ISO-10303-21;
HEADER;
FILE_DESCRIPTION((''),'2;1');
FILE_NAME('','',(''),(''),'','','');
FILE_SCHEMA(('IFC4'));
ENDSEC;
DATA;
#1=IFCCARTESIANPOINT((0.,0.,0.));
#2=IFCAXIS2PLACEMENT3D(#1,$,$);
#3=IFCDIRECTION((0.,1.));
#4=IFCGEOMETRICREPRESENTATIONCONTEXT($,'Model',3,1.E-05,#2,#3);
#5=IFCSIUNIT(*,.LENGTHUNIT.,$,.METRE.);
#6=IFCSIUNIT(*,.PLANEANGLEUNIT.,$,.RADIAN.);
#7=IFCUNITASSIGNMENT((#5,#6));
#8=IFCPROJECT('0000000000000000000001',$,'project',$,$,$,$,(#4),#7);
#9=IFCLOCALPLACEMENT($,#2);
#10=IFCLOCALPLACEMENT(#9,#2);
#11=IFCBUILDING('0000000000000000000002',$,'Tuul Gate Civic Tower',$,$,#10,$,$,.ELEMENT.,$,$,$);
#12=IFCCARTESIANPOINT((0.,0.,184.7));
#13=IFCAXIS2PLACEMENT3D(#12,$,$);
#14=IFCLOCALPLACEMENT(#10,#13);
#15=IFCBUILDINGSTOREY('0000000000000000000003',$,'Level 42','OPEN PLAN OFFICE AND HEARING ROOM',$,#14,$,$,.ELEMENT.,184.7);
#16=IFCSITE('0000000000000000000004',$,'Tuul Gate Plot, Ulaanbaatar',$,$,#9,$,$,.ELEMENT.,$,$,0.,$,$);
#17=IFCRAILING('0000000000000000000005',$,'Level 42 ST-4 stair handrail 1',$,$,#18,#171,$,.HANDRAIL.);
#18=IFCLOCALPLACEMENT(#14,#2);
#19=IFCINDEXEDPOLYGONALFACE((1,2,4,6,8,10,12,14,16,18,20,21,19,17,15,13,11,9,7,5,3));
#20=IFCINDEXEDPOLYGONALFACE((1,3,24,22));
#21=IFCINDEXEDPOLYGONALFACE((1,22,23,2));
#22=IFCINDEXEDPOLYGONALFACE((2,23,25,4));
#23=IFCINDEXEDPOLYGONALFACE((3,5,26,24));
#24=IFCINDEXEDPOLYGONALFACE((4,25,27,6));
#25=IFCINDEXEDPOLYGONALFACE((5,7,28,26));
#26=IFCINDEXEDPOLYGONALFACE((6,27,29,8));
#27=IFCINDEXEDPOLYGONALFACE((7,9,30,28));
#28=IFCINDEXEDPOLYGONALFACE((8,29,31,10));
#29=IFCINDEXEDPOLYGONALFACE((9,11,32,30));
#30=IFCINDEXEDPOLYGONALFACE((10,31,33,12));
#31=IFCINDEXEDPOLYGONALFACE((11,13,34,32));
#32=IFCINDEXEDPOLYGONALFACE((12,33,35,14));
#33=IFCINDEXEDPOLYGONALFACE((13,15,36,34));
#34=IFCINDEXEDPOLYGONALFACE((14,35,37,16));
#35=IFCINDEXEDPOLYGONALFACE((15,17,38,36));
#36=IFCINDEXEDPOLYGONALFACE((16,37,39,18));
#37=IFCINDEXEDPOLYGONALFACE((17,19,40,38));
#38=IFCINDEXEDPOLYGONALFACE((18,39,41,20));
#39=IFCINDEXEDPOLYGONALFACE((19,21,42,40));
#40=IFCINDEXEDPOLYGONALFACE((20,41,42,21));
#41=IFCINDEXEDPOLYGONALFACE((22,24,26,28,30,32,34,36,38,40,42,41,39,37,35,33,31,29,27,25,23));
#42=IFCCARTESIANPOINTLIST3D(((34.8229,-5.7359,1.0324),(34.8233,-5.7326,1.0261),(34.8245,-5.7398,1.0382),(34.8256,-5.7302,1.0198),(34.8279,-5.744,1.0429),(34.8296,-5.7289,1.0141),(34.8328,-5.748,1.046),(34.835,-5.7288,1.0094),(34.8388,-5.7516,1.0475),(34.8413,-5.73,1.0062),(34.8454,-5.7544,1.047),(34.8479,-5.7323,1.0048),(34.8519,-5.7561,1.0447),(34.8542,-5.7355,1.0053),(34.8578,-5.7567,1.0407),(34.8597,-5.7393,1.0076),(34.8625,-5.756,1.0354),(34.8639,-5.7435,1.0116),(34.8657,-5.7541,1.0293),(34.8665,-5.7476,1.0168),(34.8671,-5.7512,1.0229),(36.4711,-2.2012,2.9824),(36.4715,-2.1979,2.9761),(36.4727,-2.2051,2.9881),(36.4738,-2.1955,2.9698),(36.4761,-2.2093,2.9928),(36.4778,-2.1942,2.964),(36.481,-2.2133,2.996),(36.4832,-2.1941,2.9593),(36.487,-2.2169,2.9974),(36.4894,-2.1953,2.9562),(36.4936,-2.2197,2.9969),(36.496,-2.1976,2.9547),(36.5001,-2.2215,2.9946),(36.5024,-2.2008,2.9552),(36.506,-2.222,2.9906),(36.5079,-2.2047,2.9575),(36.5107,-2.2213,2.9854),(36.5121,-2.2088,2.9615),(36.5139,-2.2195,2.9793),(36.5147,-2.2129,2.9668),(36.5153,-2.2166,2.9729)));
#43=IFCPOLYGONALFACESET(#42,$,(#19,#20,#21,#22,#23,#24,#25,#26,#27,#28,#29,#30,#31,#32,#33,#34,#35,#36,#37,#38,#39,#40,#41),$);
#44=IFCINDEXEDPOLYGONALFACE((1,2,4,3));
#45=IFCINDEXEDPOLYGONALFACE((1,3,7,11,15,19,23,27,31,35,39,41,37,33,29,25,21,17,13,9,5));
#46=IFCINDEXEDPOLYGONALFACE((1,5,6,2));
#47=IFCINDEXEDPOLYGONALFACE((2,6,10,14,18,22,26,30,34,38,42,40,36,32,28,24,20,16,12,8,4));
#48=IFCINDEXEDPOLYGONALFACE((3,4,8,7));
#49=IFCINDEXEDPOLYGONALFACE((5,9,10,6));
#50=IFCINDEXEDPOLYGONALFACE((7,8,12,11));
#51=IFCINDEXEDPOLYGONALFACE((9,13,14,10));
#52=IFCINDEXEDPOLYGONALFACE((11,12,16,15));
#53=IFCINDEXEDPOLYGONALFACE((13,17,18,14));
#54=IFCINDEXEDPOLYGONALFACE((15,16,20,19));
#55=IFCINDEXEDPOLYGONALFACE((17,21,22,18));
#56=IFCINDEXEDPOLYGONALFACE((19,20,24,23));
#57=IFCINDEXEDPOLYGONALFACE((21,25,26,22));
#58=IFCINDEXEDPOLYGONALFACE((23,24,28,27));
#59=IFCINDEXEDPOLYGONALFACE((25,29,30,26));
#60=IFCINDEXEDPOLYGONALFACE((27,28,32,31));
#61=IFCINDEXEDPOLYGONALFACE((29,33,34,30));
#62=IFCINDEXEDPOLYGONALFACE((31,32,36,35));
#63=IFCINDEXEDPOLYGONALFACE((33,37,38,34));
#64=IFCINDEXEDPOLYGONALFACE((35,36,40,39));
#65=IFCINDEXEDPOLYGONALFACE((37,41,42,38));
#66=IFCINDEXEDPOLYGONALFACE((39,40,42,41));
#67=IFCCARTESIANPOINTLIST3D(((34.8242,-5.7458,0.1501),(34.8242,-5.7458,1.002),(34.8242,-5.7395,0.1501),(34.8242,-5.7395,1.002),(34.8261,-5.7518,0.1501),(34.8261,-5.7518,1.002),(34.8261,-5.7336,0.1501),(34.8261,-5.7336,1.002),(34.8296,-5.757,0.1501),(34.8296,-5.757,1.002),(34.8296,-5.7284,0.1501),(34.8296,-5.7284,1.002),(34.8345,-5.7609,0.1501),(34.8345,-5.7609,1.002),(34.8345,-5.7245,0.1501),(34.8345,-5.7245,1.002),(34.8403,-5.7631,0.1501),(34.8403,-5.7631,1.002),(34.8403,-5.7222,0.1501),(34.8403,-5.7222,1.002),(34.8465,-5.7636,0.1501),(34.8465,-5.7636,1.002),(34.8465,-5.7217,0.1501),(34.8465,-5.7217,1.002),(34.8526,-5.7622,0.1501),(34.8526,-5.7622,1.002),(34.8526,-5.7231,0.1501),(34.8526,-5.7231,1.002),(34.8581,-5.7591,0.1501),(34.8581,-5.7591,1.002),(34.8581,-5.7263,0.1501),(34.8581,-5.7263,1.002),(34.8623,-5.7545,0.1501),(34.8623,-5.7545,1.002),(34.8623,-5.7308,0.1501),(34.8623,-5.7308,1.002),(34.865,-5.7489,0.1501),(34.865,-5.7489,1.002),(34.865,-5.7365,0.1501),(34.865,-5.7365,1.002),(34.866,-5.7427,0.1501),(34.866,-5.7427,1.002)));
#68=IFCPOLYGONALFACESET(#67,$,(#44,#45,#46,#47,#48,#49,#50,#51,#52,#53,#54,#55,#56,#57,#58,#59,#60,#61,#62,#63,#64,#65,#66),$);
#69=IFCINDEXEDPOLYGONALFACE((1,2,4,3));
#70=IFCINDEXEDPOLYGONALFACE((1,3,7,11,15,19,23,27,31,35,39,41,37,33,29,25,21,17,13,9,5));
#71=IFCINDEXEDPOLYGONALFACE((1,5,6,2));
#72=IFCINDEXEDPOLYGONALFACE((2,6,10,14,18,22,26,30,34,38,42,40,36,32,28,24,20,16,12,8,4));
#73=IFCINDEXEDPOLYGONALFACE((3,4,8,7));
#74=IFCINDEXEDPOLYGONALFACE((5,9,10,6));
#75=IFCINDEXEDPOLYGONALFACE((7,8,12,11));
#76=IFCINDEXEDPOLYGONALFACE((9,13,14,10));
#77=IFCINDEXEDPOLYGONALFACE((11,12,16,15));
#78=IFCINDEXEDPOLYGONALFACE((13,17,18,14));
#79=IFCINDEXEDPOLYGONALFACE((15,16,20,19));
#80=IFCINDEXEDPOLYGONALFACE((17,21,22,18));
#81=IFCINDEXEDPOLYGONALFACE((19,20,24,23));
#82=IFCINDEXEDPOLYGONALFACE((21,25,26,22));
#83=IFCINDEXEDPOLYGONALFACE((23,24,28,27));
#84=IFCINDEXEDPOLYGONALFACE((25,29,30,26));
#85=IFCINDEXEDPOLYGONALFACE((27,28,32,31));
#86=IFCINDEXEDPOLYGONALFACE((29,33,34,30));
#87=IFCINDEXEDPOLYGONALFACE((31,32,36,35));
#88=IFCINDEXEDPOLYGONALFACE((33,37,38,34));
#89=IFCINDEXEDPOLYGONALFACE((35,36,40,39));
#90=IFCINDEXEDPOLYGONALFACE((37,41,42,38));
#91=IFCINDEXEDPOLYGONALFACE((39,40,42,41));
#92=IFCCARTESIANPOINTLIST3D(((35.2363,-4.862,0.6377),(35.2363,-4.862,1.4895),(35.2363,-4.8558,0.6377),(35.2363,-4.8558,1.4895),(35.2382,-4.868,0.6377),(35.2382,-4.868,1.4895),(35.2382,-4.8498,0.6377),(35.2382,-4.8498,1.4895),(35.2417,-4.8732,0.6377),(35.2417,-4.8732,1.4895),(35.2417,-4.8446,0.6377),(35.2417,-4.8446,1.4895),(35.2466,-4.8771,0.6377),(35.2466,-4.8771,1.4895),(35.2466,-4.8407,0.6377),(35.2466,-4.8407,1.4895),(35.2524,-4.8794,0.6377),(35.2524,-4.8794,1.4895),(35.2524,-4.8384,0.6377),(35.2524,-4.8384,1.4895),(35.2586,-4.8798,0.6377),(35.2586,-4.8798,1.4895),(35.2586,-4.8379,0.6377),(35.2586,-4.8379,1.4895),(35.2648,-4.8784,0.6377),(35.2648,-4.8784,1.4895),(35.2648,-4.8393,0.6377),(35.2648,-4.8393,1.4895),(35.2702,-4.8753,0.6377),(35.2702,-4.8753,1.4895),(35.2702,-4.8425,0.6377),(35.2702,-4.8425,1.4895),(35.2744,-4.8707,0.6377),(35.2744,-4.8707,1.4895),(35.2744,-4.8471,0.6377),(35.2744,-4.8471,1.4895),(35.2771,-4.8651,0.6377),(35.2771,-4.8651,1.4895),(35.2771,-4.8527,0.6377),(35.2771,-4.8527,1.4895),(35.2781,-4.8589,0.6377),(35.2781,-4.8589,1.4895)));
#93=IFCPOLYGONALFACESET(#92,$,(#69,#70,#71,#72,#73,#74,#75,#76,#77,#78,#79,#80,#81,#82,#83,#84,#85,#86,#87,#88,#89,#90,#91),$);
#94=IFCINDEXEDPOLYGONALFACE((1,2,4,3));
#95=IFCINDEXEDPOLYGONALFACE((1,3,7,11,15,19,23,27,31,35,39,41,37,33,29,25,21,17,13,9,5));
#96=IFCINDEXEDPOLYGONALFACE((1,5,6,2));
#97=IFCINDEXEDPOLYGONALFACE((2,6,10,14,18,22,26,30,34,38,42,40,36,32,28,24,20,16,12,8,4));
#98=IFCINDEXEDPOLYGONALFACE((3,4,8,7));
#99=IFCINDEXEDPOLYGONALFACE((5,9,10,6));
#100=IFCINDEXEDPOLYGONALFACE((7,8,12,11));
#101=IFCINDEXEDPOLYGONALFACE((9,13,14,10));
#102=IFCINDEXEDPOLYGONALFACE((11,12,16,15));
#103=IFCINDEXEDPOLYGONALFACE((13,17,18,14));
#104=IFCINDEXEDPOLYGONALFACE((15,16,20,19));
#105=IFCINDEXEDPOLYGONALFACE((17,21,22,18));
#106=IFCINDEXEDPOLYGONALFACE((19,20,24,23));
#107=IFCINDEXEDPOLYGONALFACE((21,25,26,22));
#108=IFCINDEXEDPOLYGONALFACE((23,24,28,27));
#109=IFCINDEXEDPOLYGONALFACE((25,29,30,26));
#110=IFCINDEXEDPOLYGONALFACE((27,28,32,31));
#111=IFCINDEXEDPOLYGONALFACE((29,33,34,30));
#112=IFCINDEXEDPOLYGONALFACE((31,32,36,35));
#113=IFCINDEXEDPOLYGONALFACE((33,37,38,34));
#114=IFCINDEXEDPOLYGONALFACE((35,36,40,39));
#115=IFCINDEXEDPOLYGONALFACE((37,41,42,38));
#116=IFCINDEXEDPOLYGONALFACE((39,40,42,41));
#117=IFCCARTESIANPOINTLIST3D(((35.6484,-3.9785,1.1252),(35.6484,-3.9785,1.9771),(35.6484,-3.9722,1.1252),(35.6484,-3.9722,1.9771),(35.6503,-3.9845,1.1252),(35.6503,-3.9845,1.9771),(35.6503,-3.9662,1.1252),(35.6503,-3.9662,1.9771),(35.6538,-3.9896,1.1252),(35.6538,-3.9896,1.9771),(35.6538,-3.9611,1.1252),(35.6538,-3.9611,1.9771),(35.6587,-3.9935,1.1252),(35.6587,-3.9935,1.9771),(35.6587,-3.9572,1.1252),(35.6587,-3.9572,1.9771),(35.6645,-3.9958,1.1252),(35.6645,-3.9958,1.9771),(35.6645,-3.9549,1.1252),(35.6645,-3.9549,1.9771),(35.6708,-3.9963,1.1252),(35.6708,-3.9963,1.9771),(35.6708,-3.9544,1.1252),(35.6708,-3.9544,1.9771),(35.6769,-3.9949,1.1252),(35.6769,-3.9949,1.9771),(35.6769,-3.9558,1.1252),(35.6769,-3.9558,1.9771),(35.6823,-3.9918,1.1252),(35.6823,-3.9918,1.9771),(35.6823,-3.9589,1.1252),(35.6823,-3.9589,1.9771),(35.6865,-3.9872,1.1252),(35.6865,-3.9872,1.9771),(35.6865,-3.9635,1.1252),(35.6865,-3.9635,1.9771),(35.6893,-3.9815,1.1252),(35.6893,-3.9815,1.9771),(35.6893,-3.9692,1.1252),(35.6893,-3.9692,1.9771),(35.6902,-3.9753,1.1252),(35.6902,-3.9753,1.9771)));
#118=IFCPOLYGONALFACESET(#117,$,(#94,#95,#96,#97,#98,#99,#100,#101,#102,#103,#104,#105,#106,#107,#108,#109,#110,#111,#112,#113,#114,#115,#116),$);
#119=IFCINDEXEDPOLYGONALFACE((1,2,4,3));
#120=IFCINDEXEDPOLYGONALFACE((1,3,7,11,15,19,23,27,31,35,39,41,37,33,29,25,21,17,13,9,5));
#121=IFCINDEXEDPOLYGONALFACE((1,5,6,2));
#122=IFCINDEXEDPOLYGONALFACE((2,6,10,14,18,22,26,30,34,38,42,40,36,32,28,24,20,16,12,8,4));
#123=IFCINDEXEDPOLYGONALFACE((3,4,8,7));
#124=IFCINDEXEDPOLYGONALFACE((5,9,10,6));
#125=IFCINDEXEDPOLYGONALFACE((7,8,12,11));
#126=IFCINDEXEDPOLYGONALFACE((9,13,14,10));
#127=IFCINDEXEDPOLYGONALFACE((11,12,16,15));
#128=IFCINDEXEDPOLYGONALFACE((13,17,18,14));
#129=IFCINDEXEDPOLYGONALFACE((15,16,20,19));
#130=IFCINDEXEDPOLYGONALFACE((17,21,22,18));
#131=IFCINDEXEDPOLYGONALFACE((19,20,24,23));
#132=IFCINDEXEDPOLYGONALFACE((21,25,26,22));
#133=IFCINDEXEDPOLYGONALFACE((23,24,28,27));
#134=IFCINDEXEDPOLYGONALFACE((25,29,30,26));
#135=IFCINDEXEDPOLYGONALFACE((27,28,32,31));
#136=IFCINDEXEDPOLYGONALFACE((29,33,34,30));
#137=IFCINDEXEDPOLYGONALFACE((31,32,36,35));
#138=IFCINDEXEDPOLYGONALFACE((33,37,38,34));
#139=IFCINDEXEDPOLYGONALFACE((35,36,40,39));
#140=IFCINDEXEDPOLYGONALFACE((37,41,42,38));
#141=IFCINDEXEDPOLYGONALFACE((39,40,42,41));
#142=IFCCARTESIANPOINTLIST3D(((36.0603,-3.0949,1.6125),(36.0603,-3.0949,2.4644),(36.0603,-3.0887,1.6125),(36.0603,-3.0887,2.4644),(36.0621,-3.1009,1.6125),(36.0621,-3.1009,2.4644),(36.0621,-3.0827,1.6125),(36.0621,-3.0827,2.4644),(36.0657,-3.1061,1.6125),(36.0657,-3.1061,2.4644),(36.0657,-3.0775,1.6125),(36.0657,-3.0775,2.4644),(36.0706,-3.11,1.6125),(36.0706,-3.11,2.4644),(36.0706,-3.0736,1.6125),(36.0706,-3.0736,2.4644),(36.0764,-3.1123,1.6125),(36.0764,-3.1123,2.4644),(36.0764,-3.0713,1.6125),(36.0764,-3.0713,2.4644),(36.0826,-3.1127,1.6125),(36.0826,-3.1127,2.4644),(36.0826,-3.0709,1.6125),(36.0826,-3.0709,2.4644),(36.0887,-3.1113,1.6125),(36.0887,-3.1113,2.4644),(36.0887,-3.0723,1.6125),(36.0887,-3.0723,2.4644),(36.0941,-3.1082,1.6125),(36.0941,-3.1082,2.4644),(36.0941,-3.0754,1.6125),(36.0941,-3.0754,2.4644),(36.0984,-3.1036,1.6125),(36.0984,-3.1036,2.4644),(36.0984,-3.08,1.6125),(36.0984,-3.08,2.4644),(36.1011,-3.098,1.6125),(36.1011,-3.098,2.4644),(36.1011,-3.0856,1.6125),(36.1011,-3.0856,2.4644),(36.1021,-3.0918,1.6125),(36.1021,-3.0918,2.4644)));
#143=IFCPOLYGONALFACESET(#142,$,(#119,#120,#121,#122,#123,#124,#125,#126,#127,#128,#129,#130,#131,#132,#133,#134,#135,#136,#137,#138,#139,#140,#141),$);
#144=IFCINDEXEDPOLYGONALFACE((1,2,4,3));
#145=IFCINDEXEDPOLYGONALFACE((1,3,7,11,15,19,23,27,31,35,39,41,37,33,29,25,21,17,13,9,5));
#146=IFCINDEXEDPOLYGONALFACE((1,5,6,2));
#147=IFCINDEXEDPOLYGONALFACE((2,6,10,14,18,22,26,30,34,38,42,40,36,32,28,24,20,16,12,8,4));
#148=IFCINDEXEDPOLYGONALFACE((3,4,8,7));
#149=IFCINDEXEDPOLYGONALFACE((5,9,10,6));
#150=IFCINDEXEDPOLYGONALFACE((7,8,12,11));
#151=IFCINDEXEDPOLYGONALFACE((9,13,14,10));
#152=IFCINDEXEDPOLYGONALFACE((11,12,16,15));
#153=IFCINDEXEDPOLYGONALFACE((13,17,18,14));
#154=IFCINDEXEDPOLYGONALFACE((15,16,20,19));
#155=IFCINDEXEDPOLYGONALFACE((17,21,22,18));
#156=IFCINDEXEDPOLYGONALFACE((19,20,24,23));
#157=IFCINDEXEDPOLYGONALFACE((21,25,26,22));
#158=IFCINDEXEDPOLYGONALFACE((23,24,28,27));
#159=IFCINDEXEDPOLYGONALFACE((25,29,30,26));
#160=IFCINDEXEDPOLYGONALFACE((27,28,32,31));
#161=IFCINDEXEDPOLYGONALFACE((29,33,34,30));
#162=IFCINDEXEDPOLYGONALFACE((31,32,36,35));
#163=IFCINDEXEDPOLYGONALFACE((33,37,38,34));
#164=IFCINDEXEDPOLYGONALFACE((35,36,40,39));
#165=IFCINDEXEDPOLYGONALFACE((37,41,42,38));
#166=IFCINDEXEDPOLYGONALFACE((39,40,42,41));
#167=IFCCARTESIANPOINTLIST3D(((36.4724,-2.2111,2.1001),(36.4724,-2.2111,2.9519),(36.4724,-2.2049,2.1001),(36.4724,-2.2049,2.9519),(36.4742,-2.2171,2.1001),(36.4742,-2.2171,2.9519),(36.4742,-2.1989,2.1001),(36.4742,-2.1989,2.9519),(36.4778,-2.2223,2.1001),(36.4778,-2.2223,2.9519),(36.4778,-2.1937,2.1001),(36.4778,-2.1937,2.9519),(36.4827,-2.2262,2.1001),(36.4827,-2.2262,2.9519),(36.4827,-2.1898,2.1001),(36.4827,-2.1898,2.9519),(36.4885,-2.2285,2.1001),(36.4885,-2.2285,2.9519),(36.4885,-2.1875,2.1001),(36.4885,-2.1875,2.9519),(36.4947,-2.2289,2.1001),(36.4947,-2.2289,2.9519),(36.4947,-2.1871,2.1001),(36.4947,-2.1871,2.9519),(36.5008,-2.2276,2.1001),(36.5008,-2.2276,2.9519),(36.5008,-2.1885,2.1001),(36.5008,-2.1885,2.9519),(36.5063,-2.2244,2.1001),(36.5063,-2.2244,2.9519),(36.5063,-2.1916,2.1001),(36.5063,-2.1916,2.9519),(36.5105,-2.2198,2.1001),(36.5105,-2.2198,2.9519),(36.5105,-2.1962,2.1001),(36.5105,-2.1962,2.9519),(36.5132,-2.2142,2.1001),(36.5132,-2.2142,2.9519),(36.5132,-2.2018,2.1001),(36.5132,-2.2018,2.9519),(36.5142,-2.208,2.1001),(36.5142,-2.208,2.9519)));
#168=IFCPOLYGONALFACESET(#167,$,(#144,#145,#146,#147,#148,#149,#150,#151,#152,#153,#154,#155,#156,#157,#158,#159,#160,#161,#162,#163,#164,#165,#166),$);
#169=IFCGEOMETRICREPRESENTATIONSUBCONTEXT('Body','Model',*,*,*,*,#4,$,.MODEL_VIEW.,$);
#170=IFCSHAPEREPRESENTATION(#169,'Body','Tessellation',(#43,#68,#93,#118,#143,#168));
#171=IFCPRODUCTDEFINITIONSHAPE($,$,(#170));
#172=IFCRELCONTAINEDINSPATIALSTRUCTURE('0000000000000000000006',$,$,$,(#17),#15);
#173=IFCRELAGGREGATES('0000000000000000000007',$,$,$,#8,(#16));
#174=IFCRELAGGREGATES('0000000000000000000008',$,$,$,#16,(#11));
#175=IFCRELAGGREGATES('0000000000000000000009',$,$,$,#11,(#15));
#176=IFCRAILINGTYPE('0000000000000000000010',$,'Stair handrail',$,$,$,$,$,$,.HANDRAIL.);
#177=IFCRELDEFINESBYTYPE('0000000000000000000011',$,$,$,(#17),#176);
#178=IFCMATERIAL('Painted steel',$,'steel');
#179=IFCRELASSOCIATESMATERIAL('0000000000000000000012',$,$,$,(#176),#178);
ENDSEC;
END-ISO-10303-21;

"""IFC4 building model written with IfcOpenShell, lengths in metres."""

from ifc_helpers import new_model, si_unit, direction, frame, origin, origin_2d, place, context, subcontext, project, spatial, circle, extrude, material, type_object, element, save


model = new_model("IFC4")

# Units and contexts
model_context = context("Model", 3, precision=1e-05, world=origin(), true_north=direction((0.0, 1.0)))
body_context = subcontext(model_context, "Body", "Model", "MODEL_VIEW")
ifc_project = project(units=[si_unit("LENGTHUNIT", "METRE"), si_unit("PLANEANGLEUNIT", "RADIAN")], contexts=[model_context])

# Site, building, storey
site_placement = place(None, origin())
site = spatial("IfcSite", under=ifc_project, at=site_placement, Name="Tuul Gate Plot, Ulaanbaatar", CompositionType="ELEMENT", RefElevation=0.0)
building_placement = place(site_placement, origin())
building = spatial("IfcBuilding", under=site, at=building_placement, Name="Tuul Gate Civic Tower", CompositionType="ELEMENT")
storey_placement = place(building_placement, frame((0.0, 0.0, 184.7)))
storey = spatial("IfcBuildingStorey", under=building, at=storey_placement, Name="Level 42", Description="OPEN PLAN OFFICE AND HEARING ROOM", CompositionType="ELEMENT", Elevation=184.7)

# Railing
ifc_material_1 = material(Name="Painted steel", Category="steel")
railing_type_1 = type_object("IfcRailingType", Name="Stair handrail", PredefinedType="HANDRAIL", material=ifc_material_1)
railing_1_placement = place(storey_placement, frame((34.845, -5.7427, 0.1501)))
element("IfcRailing", 1, at=railing_1_placement, inside=storey, type_object=railing_type_1, Name="Level 42 ST-4 stair handrail 1", PredefinedType="HANDRAIL", context=body_context, shape_type="SweptSolid", body=[
    extrude(circle(Radius=0.0239, at=origin_2d()), frame((0.0, 0.0, 0.876), z_axis=(0.377995, 0.810637, 0.4472), x_axis=(-0.906313, 0.422608, 0.0)), (0.0, 0.0, 1.0), 4.3604),
    extrude(circle(Radius=0.021, at=origin_2d()), origin(), (0.0, 0.0, 1.0), 0.8518),
    extrude(circle(Radius=0.021, at=origin_2d()), frame((0.4121, 0.8838, 0.4875)), (0.0, 0.0, 1.0), 0.8518),
    extrude(circle(Radius=0.021, at=origin_2d()), frame((0.8242, 1.7673, 0.9751)), (0.0, 0.0, 1.0), 0.8518),
    extrude(circle(Radius=0.021, at=origin_2d()), frame((1.2361, 2.6509, 1.4624)), (0.0, 0.0, 1.0), 0.8518),
    extrude(circle(Radius=0.021, at=origin_2d()), frame((1.6482, 3.5347, 1.95)), (0.0, 0.0, 1.0), 0.8518),
])

save(model, "model.ifc")
